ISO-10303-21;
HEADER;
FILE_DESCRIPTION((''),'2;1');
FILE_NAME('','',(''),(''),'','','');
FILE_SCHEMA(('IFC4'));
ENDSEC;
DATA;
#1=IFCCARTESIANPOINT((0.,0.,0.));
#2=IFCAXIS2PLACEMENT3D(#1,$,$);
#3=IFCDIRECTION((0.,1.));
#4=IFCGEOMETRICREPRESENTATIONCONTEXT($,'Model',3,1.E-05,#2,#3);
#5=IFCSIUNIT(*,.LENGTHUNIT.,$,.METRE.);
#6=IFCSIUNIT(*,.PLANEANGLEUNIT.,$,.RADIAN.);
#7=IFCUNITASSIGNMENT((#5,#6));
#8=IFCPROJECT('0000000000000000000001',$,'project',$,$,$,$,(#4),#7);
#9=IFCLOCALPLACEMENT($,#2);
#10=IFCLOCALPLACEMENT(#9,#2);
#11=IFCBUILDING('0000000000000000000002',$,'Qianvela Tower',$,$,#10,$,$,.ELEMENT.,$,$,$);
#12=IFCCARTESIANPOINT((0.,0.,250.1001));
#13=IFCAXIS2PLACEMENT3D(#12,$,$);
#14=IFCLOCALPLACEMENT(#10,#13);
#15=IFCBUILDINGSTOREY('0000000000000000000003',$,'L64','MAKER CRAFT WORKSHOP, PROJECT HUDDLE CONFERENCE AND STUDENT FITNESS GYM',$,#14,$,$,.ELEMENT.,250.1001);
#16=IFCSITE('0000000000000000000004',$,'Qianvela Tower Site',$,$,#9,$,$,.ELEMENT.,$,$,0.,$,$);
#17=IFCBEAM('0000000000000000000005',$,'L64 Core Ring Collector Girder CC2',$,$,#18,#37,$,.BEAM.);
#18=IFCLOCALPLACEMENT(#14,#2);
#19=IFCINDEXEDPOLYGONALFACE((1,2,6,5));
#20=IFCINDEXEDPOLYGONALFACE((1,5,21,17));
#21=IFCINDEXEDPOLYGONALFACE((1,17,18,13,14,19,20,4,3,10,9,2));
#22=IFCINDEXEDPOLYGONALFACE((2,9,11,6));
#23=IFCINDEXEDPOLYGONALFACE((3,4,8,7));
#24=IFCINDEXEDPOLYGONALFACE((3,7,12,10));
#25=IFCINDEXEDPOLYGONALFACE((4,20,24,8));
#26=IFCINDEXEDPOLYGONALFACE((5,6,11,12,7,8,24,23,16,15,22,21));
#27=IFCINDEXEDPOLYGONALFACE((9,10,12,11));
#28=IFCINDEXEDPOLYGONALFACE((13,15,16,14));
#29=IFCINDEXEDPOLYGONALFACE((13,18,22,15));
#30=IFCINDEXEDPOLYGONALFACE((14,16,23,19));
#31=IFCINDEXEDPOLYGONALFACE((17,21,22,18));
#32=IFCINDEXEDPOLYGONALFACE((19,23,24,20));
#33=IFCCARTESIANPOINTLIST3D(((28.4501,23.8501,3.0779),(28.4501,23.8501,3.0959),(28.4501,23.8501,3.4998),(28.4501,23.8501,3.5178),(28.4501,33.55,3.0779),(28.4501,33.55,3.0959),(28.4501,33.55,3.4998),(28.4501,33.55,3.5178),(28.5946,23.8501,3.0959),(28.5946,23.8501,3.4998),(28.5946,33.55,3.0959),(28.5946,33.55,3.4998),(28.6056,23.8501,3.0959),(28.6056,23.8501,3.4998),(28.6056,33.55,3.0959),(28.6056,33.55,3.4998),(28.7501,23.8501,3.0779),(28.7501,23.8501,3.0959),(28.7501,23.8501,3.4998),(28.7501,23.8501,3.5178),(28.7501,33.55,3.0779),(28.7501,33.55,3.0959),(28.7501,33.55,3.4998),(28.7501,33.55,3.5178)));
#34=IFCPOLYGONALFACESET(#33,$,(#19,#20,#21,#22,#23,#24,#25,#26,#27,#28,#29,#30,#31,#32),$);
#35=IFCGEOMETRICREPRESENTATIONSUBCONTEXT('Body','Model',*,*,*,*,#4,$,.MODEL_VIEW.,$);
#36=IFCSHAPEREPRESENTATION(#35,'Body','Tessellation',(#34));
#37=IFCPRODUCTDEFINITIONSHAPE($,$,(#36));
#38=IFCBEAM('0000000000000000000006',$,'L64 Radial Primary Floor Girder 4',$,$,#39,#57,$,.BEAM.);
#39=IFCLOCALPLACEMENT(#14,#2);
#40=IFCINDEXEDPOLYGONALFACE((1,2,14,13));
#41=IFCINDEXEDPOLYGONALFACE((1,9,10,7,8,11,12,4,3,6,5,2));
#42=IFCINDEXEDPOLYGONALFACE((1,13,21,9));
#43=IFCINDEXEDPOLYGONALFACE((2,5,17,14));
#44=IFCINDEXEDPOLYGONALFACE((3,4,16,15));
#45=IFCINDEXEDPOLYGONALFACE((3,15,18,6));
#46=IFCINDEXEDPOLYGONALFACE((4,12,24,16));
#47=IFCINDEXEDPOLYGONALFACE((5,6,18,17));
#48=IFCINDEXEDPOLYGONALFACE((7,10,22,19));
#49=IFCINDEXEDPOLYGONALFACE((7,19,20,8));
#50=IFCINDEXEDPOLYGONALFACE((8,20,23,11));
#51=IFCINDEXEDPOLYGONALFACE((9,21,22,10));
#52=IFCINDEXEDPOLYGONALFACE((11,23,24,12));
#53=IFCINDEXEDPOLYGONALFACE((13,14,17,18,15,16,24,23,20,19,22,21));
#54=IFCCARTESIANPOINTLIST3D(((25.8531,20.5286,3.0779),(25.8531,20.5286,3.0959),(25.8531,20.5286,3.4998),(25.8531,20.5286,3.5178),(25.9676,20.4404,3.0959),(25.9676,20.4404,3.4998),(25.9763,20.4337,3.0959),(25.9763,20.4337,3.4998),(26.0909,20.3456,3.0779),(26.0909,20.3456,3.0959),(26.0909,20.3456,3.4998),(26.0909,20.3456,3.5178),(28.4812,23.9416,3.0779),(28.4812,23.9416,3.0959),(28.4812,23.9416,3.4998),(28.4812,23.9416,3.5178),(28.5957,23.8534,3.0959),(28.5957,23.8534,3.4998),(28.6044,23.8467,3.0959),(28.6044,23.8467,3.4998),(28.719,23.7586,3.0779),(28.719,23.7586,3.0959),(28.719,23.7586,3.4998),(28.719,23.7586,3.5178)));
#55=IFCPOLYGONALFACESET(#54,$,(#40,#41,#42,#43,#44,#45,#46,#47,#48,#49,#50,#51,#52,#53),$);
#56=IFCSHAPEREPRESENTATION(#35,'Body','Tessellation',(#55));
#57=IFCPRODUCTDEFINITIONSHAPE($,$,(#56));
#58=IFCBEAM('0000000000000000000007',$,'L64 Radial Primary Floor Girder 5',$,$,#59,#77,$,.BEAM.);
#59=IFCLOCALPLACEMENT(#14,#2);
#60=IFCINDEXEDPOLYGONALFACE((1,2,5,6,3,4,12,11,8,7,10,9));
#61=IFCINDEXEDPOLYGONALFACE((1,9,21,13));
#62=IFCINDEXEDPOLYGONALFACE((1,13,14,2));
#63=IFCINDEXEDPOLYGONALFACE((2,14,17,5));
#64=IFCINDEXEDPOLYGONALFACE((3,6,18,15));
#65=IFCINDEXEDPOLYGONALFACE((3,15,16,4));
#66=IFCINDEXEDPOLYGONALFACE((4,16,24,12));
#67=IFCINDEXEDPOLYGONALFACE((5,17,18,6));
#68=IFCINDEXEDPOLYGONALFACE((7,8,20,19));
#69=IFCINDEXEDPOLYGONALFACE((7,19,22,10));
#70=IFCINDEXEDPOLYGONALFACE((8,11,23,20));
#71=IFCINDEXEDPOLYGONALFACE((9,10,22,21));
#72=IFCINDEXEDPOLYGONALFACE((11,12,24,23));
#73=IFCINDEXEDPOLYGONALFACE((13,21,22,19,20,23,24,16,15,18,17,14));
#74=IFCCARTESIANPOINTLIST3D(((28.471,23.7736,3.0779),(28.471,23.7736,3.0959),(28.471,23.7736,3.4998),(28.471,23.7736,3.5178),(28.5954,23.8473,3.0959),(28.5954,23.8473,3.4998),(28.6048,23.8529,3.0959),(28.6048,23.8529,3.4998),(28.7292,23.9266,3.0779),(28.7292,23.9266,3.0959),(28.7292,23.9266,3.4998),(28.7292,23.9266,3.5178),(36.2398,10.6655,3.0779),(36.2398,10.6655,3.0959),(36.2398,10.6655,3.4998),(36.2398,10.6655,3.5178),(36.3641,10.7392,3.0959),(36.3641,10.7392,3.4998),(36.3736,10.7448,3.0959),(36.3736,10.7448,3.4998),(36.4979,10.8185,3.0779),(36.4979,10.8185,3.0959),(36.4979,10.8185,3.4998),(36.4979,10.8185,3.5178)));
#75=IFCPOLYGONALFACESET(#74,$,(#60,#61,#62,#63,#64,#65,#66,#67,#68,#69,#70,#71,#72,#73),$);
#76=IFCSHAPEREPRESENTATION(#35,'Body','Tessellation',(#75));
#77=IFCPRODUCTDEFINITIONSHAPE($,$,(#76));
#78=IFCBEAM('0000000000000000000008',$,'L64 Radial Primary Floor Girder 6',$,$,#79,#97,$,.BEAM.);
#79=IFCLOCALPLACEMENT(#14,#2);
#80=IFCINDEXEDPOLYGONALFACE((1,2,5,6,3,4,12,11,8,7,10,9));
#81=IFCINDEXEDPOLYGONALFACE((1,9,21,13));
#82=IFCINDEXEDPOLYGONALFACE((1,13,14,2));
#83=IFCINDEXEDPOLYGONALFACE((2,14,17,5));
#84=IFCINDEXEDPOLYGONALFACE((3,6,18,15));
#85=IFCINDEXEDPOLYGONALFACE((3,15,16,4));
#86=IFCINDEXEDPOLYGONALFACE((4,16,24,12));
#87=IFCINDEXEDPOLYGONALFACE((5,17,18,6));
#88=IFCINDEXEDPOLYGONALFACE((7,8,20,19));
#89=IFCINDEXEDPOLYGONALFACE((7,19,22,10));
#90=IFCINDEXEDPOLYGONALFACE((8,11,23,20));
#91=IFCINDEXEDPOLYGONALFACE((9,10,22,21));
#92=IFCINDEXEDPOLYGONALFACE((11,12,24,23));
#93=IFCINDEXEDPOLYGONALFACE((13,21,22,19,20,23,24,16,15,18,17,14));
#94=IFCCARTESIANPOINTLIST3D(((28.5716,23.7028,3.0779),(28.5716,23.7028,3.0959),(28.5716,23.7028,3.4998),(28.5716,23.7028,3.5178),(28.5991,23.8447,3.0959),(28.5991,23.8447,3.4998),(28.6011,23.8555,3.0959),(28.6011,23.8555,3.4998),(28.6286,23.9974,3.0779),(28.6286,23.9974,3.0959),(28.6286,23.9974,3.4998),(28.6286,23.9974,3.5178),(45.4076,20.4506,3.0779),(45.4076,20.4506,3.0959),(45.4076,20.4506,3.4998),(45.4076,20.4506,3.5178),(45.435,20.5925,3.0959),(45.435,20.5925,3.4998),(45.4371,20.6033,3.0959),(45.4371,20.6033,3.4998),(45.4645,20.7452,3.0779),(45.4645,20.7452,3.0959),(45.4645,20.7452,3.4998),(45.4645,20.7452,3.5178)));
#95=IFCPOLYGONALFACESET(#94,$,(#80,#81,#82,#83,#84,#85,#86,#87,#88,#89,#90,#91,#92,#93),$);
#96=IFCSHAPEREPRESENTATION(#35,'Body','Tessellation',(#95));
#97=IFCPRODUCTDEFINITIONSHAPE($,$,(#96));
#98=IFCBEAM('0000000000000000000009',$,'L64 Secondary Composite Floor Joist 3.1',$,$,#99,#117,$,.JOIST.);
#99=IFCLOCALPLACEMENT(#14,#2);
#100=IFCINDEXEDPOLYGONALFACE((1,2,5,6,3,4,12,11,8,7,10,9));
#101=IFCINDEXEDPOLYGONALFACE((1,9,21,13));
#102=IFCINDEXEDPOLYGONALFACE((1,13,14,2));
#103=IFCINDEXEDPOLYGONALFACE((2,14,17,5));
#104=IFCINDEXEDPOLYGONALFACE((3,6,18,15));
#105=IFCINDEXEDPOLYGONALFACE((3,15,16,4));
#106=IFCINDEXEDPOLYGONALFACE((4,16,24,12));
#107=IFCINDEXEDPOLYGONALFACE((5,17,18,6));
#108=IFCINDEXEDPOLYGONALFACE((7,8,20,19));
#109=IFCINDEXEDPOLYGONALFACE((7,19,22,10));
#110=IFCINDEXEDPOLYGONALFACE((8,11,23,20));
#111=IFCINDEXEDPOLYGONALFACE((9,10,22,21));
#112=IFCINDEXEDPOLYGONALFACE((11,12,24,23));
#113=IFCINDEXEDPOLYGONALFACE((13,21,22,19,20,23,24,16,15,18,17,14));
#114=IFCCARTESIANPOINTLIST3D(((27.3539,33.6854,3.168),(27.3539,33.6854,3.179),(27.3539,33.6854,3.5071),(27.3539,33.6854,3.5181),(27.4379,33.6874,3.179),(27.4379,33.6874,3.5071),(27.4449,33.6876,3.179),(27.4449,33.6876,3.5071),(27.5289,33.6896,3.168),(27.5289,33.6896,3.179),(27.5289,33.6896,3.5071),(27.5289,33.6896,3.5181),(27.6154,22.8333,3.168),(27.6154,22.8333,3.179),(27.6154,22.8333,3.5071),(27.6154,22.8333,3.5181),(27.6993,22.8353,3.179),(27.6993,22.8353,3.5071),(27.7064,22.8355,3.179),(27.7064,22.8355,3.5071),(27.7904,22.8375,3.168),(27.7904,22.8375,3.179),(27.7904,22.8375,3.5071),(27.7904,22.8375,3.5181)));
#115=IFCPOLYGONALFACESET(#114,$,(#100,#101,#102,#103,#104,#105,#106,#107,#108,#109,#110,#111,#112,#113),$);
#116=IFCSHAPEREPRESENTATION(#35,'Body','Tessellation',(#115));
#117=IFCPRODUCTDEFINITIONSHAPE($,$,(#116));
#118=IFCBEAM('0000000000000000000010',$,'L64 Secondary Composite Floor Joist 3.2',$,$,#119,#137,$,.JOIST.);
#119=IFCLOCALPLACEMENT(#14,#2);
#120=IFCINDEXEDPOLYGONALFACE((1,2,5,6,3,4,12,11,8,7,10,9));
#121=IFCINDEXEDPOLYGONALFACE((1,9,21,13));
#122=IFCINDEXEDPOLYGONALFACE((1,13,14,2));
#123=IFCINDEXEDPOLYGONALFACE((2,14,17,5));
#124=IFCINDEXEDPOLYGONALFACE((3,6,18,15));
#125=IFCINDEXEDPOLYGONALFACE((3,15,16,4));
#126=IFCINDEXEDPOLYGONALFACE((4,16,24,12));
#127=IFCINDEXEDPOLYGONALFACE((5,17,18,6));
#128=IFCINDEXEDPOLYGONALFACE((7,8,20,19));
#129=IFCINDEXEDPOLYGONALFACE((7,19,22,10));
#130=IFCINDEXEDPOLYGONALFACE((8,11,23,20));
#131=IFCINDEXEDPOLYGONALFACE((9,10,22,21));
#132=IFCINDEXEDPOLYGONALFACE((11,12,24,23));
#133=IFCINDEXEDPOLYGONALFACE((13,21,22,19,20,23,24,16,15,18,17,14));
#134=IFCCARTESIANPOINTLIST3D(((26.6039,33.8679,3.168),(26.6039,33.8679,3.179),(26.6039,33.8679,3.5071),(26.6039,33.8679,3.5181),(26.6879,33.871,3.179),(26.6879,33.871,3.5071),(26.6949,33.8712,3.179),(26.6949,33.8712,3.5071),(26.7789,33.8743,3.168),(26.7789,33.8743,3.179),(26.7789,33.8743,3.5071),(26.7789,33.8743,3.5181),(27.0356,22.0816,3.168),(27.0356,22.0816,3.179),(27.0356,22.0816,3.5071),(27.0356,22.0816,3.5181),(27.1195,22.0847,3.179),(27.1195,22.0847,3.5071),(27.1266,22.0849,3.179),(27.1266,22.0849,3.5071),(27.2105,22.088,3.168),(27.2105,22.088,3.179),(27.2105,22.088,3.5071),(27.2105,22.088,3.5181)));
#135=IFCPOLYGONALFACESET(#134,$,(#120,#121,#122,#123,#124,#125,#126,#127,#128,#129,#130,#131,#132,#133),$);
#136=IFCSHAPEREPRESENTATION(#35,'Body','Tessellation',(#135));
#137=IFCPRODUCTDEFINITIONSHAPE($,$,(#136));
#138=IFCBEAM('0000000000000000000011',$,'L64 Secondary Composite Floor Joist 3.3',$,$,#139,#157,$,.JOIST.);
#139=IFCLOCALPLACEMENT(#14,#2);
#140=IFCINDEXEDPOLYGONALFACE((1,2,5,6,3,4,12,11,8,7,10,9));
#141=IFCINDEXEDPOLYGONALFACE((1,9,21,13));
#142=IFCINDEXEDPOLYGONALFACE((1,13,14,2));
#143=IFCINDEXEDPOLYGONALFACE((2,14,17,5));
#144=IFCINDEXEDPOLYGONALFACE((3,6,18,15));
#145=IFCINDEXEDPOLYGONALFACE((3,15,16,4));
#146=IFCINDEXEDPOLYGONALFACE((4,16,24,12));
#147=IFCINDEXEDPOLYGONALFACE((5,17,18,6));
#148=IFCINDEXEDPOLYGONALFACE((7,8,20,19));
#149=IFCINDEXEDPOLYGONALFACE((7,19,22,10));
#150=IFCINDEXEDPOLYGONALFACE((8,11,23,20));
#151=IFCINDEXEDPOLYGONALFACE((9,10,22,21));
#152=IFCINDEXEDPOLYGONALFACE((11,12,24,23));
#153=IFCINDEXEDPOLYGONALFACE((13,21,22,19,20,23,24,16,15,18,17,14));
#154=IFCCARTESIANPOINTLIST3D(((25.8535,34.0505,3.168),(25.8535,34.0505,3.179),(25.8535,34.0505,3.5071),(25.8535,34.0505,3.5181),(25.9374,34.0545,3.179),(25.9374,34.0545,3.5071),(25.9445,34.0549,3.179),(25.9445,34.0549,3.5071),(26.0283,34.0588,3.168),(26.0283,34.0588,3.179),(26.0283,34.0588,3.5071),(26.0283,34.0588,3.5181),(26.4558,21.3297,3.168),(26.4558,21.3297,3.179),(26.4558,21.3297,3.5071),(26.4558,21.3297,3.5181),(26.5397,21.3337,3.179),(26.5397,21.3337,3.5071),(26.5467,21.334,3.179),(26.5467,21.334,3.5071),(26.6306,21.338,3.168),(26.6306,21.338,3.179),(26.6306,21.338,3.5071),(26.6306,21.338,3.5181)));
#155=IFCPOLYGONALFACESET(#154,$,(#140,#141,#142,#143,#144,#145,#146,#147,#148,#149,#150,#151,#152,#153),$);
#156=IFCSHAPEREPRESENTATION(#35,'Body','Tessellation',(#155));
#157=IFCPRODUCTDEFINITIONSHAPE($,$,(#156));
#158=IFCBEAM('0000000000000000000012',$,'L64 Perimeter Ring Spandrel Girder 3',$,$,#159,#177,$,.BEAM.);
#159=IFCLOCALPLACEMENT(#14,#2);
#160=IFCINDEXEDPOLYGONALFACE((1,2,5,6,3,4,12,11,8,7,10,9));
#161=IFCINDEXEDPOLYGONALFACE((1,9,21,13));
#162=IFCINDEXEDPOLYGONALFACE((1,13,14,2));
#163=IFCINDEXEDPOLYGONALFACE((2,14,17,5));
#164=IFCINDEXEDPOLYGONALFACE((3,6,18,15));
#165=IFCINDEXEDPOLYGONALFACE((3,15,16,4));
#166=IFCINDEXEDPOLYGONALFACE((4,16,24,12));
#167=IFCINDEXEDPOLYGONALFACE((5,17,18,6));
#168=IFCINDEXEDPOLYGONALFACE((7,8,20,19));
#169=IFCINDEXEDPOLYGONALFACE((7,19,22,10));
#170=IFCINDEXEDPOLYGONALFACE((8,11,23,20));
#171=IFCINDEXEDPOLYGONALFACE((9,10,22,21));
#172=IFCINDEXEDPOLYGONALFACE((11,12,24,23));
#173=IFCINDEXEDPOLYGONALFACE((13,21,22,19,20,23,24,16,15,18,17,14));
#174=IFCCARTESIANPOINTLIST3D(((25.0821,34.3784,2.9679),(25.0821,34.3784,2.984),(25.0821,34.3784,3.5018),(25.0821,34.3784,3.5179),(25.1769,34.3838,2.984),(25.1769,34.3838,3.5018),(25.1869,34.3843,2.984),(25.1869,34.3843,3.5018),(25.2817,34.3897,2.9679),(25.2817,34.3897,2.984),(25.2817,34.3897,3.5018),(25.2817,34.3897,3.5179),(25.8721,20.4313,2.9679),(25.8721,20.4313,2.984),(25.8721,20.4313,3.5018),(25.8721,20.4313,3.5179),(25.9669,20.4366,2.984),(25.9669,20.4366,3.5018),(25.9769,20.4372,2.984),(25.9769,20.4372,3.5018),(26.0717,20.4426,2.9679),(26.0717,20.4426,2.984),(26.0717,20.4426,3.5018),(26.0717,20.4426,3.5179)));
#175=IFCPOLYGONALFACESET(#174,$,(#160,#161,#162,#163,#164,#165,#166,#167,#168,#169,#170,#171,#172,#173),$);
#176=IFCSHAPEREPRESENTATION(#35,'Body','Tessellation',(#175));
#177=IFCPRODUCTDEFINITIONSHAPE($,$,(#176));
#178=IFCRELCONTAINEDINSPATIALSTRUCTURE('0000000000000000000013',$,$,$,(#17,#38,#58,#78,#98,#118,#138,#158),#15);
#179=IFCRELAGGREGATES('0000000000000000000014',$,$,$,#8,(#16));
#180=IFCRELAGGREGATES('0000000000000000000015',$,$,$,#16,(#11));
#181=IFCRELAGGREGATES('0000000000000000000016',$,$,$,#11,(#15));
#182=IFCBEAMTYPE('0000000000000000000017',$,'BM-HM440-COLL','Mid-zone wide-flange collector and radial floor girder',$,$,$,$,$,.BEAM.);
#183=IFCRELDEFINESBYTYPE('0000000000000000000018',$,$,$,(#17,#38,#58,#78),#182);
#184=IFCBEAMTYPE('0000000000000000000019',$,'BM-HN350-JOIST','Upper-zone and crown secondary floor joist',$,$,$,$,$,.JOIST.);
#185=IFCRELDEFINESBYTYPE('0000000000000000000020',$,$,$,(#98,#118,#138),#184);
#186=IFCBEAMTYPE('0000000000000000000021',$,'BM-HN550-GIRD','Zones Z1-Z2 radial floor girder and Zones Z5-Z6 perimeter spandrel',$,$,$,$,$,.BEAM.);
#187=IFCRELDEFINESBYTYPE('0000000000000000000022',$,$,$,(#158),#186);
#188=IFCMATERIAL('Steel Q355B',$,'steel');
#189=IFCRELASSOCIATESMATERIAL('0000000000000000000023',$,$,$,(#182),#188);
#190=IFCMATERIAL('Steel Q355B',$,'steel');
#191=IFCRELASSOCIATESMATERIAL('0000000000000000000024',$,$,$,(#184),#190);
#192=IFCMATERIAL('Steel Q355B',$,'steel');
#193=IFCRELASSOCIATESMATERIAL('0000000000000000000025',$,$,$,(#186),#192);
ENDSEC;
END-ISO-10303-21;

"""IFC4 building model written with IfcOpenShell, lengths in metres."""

from ifc_helpers import new_model, si_unit, direction, frame, origin, origin_2d, place, context, subcontext, project, spatial, i_section, extrude, material, material_profile, profile_set, type_object, element, save


model = new_model("IFC4")

# Units and contexts
model_context = context("Model", 3, precision=1e-05, world=origin(), true_north=direction((0.0, 1.0)))
body_context = subcontext(model_context, "Body", "Model", "MODEL_VIEW")
ifc_project = project(units=[si_unit("LENGTHUNIT", "METRE"), si_unit("PLANEANGLEUNIT", "RADIAN")], contexts=[model_context])

# Site, building, storey
site_placement = place(None, origin())
site = spatial("IfcSite", under=ifc_project, at=site_placement, Name="Qianvela Tower Site", CompositionType="ELEMENT", RefElevation=0.0)
building_placement = place(site_placement, origin())
building = spatial("IfcBuilding", under=site, at=building_placement, Name="Qianvela Tower", CompositionType="ELEMENT")
storey_placement = place(building_placement, frame((0.0, 0.0, 250.1001)))
storey = spatial("IfcBuildingStorey", under=building, at=storey_placement, Name="L64", Description="MAKER CRAFT WORKSHOP, PROJECT HUDDLE CONFERENCE AND STUDENT FITNESS GYM", CompositionType="ELEMENT", Elevation=250.1001)

# Beams
ifc_material_1 = material(Name="Steel Q355B", Category="steel")
ifc_material_profile_1 = material_profile(ifc_material_1, i_section(OverallWidth=0.3, OverallDepth=0.4399, WebThickness=0.011, FlangeThickness=0.0181, at=origin_2d()), Name="HM440x300x11x18")
ifc_profile_set_1 = profile_set([ifc_material_profile_1], Name="Steel Q355B")
beam_type_1 = type_object("IfcBeamType", Name="BM-HM440-COLL", Description="Mid-zone wide-flange collector and radial floor girder", PredefinedType="BEAM", material=ifc_profile_set_1)
beam_1_placement = place(storey_placement, frame((28.6001, 33.55, 3.2979), z_axis=(0.0, -1.0, 0.0), x_axis=(1.0, 0.0, 0.0)))
element("IfcBeam", 1, at=beam_1_placement, inside=storey, type_object=beam_type_1, Name="L64 Core Ring Collector Girder CC2", PredefinedType="BEAM", context=body_context, shape_type="SweptSolid", body=[
    extrude(i_section(OverallWidth=0.3, OverallDepth=0.4399, WebThickness=0.011, FlangeThickness=0.0181, at=origin_2d()), origin(), (0.0, 0.0, 1.0), 9.7),
])
beam_2_placement = place(storey_placement, frame((28.6001, 23.8501, 3.2979), z_axis=(-0.610108, -0.792318, 0.0), x_axis=(0.792318, -0.610108, 0.0)))
element("IfcBeam", 2, at=beam_2_placement, inside=storey, type_object=beam_type_1, Name="L64 Radial Primary Floor Girder 4", PredefinedType="BEAM", context=body_context, shape_type="SweptSolid", body=[
    extrude(i_section(OverallWidth=0.3, OverallDepth=0.4399, WebThickness=0.011, FlangeThickness=0.0181, at=origin_2d()), origin(), (0.0, 0.0, 1.0), 4.3076),
])
beam_3_placement = place(storey_placement, frame((28.6001, 23.8501, 3.2979), z_axis=(0.509851, -0.860263, 0.0), x_axis=(0.860263, 0.509851, 0.0)))
element("IfcBeam", 3, at=beam_3_placement, inside=storey, type_object=beam_type_1, Name="L64 Radial Primary Floor Girder 5", PredefinedType="BEAM", context=body_context, shape_type="SweptSolid", body=[
    extrude(i_section(OverallWidth=0.3, OverallDepth=0.4399, WebThickness=0.011, FlangeThickness=0.0181, at=origin_2d()), origin(), (0.0, 0.0, 1.0), 15.2373),
])
beam_4_placement = place(storey_placement, frame((28.6001, 23.8501, 3.2979), z_axis=(0.981849, -0.189664, 0.0), x_axis=(0.189664, 0.981849, 0.0)))
element("IfcBeam", 4, at=beam_4_placement, inside=storey, type_object=beam_type_1, Name="L64 Radial Primary Floor Girder 6", PredefinedType="BEAM", context=body_context, shape_type="SweptSolid", body=[
    extrude(i_section(OverallWidth=0.3, OverallDepth=0.4399, WebThickness=0.011, FlangeThickness=0.0181, at=origin_2d()), origin(), (0.0, 0.0, 1.0), 17.1472),
])
ifc_material_2 = material(Name="Steel Q355B", Category="steel")
ifc_material_profile_2 = material_profile(ifc_material_2, i_section(OverallWidth=0.175, OverallDepth=0.3501, WebThickness=0.0071, FlangeThickness=0.011, at=origin_2d()), Name="HN350x175x7x11")
ifc_profile_set_2 = profile_set([ifc_material_profile_2], Name="Steel Q355B")
beam_type_2 = type_object("IfcBeamType", Name="BM-HN350-JOIST", Description="Upper-zone and crown secondary floor joist", PredefinedType="JOIST", material=ifc_profile_set_2)
beam_5_placement = place(storey_placement, frame((27.4414, 33.6875, 3.343), z_axis=(0.024087, -0.99971, 0.0), x_axis=(0.99971, 0.024087, 0.0)))
element("IfcBeam", 5, at=beam_5_placement, inside=storey, type_object=beam_type_2, Name="L64 Secondary Composite Floor Joist 3.1", PredefinedType="JOIST", context=body_context, shape_type="SweptSolid", body=[
    extrude(i_section(OverallWidth=0.175, OverallDepth=0.3501, WebThickness=0.0071, FlangeThickness=0.011, at=origin_2d()), origin(), (0.0, 0.0, 1.0), 10.8552),
])
beam_6_placement = place(storey_placement, frame((26.6914, 33.8711, 3.343), z_axis=(0.036597, -0.99933, 0.0), x_axis=(0.99933, 0.036597, 0.0)))
element("IfcBeam", 6, at=beam_6_placement, inside=storey, type_object=beam_type_2, Name="L64 Secondary Composite Floor Joist 3.2", PredefinedType="JOIST", context=body_context, shape_type="SweptSolid", body=[
    extrude(i_section(OverallWidth=0.175, OverallDepth=0.3501, WebThickness=0.0071, FlangeThickness=0.011, at=origin_2d()), origin(), (0.0, 0.0, 1.0), 11.7942),
])
beam_7_placement = place(storey_placement, frame((25.9409, 34.0547, 3.343), z_axis=(0.047294, -0.998881, 0.0), x_axis=(0.998881, 0.047294, 0.0)))
element("IfcBeam", 7, at=beam_7_placement, inside=storey, type_object=beam_type_2, Name="L64 Secondary Composite Floor Joist 3.3", PredefinedType="JOIST", context=body_context, shape_type="SweptSolid", body=[
    extrude(i_section(OverallWidth=0.175, OverallDepth=0.3501, WebThickness=0.0071, FlangeThickness=0.011, at=origin_2d()), origin(), (0.0, 0.0, 1.0), 12.7351),
])
ifc_material_3 = material(Name="Steel Q355B", Category="steel")
ifc_material_profile_3 = material_profile(ifc_material_3, i_section(OverallWidth=0.2, OverallDepth=0.55, WebThickness=0.01, FlangeThickness=0.0161, at=origin_2d()), Name="HN550x200x10x16")
ifc_profile_set_3 = profile_set([ifc_material_profile_3], Name="Steel Q355B")
beam_type_3 = type_object("IfcBeamType", Name="BM-HN550-GIRD", Description="Zones Z1-Z2 radial floor girder and Zones Z5-Z6 perimeter spandrel", PredefinedType="BEAM", material=ifc_profile_set_3)
beam_8_placement = place(storey_placement, frame((25.1819, 34.384, 3.2429), z_axis=(0.056555, -0.998399, 0.0), x_axis=(0.998399, 0.056555, 0.0)))
element("IfcBeam", 8, at=beam_8_placement, inside=storey, type_object=beam_type_3, Name="L64 Perimeter Ring Spandrel Girder 3", PredefinedType="BEAM", context=body_context, shape_type="SweptSolid", body=[
    extrude(i_section(OverallWidth=0.2, OverallDepth=0.55, WebThickness=0.01, FlangeThickness=0.0161, at=origin_2d()), origin(), (0.0, 0.0, 1.0), 13.9695),
])

save(model, "model.ifc")
